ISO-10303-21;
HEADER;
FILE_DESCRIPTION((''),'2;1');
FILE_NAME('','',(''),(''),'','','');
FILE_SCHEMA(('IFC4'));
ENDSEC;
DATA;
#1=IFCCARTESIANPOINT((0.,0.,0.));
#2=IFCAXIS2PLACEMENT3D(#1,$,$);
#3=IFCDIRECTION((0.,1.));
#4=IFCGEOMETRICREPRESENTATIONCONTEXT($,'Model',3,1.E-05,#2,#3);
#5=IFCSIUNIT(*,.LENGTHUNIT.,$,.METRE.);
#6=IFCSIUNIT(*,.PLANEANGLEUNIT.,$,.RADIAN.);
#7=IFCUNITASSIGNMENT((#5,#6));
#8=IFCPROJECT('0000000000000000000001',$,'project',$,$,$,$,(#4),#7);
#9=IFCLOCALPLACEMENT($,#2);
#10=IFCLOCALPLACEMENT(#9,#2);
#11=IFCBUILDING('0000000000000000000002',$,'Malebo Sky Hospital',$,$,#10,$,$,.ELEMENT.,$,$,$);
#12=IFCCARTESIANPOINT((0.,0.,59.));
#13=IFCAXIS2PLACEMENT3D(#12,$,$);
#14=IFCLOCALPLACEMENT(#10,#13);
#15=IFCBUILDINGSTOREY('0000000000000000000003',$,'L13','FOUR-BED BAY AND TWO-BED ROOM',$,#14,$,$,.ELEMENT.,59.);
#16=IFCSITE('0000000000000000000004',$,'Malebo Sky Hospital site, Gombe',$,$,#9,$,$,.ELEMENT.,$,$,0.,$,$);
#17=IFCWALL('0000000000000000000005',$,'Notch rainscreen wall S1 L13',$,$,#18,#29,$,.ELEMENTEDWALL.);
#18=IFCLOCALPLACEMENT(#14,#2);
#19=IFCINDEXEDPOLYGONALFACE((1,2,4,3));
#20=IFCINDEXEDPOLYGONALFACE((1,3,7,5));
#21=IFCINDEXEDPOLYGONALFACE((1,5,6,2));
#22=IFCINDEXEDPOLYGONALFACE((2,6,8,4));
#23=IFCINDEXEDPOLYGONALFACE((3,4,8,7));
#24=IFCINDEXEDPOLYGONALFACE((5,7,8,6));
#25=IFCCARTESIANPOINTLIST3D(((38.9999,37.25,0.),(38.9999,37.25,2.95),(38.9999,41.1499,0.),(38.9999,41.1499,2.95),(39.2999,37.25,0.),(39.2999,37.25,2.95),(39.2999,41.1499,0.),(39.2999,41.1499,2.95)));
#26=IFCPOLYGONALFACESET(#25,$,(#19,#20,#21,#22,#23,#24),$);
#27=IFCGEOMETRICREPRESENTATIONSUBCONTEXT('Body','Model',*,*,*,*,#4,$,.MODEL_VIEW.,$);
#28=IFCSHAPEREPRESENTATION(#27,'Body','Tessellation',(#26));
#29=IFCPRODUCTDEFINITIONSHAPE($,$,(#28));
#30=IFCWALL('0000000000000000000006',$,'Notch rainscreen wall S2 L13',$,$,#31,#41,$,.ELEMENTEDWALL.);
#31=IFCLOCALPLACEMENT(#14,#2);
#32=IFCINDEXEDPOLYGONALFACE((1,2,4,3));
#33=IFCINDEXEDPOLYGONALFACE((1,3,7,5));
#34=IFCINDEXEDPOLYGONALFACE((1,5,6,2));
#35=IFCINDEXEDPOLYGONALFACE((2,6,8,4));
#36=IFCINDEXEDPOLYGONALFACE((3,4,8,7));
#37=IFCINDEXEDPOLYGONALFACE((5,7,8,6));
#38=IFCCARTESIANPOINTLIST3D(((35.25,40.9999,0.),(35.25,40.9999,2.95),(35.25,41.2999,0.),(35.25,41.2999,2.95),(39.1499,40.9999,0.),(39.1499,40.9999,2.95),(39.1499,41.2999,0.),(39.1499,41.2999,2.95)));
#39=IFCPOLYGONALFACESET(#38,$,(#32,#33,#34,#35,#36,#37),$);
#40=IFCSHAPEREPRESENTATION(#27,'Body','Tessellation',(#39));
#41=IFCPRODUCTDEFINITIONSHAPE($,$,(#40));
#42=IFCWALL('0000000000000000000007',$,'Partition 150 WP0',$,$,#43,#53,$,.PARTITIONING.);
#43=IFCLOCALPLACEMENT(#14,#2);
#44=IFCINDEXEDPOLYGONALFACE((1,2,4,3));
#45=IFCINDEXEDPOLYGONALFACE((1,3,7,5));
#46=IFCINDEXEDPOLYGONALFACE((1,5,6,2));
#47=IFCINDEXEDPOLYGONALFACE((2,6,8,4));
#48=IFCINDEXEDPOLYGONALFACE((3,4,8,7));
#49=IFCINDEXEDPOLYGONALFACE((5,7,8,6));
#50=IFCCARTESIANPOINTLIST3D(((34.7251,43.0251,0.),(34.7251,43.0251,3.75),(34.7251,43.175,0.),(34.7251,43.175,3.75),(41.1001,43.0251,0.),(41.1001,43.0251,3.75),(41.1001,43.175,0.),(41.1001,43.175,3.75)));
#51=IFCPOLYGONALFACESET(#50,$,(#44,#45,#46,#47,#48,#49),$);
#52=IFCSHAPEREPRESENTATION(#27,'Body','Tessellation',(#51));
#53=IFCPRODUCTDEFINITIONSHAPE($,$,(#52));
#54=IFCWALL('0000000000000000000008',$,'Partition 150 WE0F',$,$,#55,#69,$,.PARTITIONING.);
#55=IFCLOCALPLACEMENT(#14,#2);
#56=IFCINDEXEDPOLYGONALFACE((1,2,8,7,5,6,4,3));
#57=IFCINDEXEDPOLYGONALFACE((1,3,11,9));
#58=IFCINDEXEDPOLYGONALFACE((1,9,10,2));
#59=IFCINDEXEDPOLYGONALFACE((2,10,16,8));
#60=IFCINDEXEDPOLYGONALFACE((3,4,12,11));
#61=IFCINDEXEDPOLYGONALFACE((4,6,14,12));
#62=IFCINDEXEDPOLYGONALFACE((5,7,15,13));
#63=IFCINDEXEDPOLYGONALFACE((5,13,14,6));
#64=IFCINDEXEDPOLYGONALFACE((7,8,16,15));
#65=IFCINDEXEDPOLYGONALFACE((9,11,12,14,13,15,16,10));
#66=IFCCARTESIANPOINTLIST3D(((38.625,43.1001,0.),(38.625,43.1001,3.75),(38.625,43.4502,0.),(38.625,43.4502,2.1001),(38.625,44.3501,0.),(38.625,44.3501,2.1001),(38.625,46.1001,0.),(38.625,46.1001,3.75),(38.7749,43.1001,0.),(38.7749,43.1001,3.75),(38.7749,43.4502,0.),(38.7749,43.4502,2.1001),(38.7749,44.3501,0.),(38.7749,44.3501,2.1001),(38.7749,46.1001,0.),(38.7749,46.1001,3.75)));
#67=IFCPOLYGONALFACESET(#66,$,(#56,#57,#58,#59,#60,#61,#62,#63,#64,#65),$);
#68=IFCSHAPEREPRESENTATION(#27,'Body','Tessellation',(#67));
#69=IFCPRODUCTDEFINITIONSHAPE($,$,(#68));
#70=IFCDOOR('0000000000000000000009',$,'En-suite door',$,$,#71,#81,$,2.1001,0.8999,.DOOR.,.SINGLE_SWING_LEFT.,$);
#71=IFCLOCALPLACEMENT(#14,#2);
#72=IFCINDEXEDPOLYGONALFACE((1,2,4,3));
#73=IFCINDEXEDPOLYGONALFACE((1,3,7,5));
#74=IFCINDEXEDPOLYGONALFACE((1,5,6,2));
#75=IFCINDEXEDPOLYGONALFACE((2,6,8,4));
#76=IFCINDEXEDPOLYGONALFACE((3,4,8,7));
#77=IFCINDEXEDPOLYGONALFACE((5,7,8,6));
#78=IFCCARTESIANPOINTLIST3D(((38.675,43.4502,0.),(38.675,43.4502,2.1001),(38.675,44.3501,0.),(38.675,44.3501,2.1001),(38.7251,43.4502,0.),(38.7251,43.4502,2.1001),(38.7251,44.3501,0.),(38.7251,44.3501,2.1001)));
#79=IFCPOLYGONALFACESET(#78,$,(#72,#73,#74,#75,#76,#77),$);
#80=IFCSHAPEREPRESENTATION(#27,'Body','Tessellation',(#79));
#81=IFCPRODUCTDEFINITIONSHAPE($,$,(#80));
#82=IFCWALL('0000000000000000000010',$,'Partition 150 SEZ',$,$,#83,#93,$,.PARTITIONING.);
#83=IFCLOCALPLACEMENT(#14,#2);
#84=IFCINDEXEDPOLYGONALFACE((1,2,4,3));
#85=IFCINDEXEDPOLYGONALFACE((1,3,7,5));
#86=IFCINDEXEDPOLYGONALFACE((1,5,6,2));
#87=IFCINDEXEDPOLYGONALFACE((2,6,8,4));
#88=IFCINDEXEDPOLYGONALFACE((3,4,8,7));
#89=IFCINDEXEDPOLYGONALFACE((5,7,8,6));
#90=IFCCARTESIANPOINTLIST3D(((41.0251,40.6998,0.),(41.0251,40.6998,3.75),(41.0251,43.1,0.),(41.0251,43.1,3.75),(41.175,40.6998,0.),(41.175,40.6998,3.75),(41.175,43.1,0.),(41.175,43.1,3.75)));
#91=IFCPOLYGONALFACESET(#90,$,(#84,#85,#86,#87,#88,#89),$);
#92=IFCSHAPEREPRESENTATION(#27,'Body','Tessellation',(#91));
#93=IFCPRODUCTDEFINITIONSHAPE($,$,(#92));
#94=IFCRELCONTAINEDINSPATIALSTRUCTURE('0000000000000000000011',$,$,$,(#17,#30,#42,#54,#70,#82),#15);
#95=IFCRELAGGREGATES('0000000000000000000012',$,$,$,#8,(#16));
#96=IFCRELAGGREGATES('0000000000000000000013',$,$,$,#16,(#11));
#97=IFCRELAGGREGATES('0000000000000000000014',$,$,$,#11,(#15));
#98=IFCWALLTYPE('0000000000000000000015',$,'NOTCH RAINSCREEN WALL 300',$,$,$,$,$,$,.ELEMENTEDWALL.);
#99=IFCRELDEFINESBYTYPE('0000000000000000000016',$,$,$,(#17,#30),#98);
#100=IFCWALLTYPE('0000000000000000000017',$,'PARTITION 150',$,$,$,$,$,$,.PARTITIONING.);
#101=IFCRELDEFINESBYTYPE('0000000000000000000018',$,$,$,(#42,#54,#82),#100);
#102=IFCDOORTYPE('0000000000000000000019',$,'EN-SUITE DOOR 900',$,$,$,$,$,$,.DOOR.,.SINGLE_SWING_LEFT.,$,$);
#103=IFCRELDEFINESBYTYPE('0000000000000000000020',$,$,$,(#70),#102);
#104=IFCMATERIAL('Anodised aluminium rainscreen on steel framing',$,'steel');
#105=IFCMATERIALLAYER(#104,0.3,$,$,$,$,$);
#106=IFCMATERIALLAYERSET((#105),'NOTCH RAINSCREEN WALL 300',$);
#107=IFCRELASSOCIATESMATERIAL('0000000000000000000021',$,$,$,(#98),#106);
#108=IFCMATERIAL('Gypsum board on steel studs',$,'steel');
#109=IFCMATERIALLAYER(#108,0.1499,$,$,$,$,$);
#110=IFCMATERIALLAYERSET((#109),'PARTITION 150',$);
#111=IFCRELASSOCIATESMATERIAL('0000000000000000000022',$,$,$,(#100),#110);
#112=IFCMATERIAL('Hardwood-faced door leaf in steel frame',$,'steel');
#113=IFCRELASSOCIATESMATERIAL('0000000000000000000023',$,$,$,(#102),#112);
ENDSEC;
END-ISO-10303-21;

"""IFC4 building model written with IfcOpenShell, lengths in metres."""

from ifc_helpers import new_model, si_unit, direction, frame, frame_2d, origin, place, context, subcontext, project, spatial, rectangle, extrude, material, layer, layer_set, type_object, element, fill, save


model = new_model("IFC4")

# Units and contexts
model_context = context("Model", 3, precision=1e-05, world=origin(), true_north=direction((0.0, 1.0)))
body_context = subcontext(model_context, "Body", "Model", "MODEL_VIEW")
ifc_project = project(units=[si_unit("LENGTHUNIT", "METRE"), si_unit("PLANEANGLEUNIT", "RADIAN")], contexts=[model_context])

# Site, building, storey
site_placement = place(None, origin())
site = spatial("IfcSite", under=ifc_project, at=site_placement, Name="Malebo Sky Hospital site, Gombe", CompositionType="ELEMENT", RefElevation=0.0)
building_placement = place(site_placement, origin())
building = spatial("IfcBuilding", under=site, at=building_placement, Name="Malebo Sky Hospital", CompositionType="ELEMENT")
storey_placement = place(building_placement, frame((0.0, 0.0, 59.0)))
storey = spatial("IfcBuildingStorey", under=building, at=storey_placement, Name="L13", Description="FOUR-BED BAY AND TWO-BED ROOM", CompositionType="ELEMENT", Elevation=59.0)

# Shared definitions
ifc_material_1 = material(Name="Gypsum board on steel studs", Category="steel")
ifc_material_2 = material(Name="Hardwood-faced door leaf in steel frame", Category="steel")

# Walls
ifc_material_3 = material(Name="Anodised aluminium rainscreen on steel framing", Category="steel")
ifc_layer_1 = layer(ifc_material_3, 0.3)
ifc_layer_set_1 = layer_set([ifc_layer_1], Name="NOTCH RAINSCREEN WALL 300")
wall_type_1 = type_object("IfcWallType", Name="NOTCH RAINSCREEN WALL 300", PredefinedType="ELEMENTEDWALL", material=ifc_layer_set_1)
for number, where, z_axis, x_axis, name in (
    (1, (39.1499, 37.25, 0.0), (0.0, 0.0, 1.0), (0.0, 1.0, 0.0), "Notch rainscreen wall S1 L13"),
    (2, (39.1499, 41.1499, 0.0), (0.0, 0.0, 1.0), (-1.0, 0.0, 0.0), "Notch rainscreen wall S2 L13"),
):
    element("IfcWall", number, at=place(storey_placement, frame(where, z_axis=z_axis, x_axis=x_axis)), inside=storey, type_object=wall_type_1, Name=name, PredefinedType="ELEMENTEDWALL", context=body_context, shape_type="SweptSolid", body=[
        extrude(rectangle(XDim=3.8999, YDim=0.3, at=frame_2d((1.95, 0.0))), origin(), (0.0, 0.0, 1.0), 2.95),
    ])
ifc_layer_2 = layer(ifc_material_1, 0.1499)
ifc_layer_set_2 = layer_set([ifc_layer_2], Name="PARTITION 150")
wall_type_2 = type_object("IfcWallType", Name="PARTITION 150", PredefinedType="PARTITIONING", material=ifc_layer_set_2)
wall_1_placement = place(storey_placement, frame((41.1001, 43.1001, 0.0), z_axis=(0.0, 0.0, 1.0), x_axis=(-1.0, 0.0, 0.0)))
element("IfcWall", 3, at=wall_1_placement, inside=storey, type_object=wall_type_2, Name="Partition 150 WP0", PredefinedType="PARTITIONING", context=body_context, shape_type="SweptSolid", body=[
    extrude(rectangle(XDim=6.375, YDim=0.1499, at=frame_2d((3.1875, 0.0))), origin(), (0.0, 0.0, 1.0), 3.75),
])

# Wall, opening, door
wall_2_placement = place(storey_placement, frame((38.7, 43.1001, 0.0), z_axis=(0.0, 0.0, 1.0), x_axis=(0.0, 1.0, 0.0)))
wall_2 = element("IfcWall", 4, at=wall_2_placement, inside=storey, type_object=wall_type_2, Name="Partition 150 WE0F", PredefinedType="PARTITIONING", context=body_context, shape_type="SweptSolid", body=[
    extrude(rectangle(XDim=3.0, YDim=0.1499, at=frame_2d((1.5, 0.0))), origin(), (0.0, 0.0, 1.0), 3.75),
])
opening_1_placement = place(wall_2_placement, frame((0.3501, 0.0, 0.0)))
opening_1 = element("IfcOpeningElement", 5, at=opening_1_placement, cuts=wall_2, PredefinedType="OPENING", context=body_context, shape_type="SweptSolid", body=[
    extrude(rectangle(XDim=0.8999, YDim=2.1001, at=frame_2d((0.45, 1.05))), frame((0.0, 0.085, 0.0), z_axis=(0.0, -1.0, 0.0), x_axis=(1.0, 0.0, 0.0)), (0.0, 0.0, 1.0), 0.1699),
])
door_type_1 = type_object("IfcDoorType", Name="EN-SUITE DOOR 900", OperationType="SINGLE_SWING_LEFT", PredefinedType="DOOR", material=ifc_material_2)
door_1_placement = place(opening_1_placement, origin())
door_1 = element("IfcDoor", 6, at=door_1_placement, inside=storey, type_object=door_type_1, Name="En-suite door", OperationType="SINGLE_SWING_LEFT", OverallHeight=2.1001, OverallWidth=0.8999, PredefinedType="DOOR", context=body_context, shape_type="SweptSolid", body=[
    extrude(rectangle(XDim=0.8999, YDim=2.1001, at=frame_2d((0.45, 1.05))), frame((0.0, 0.0249, 0.0), z_axis=(0.0, -1.0, 0.0), x_axis=(1.0, 0.0, 0.0)), (0.0, 0.0, 1.0), 0.05),
])
fill(opening_1, door_1)

# Wall
wall_3_placement = place(storey_placement, frame((41.1001, 43.1001, 0.0), z_axis=(0.0, 0.0, 1.0), x_axis=(0.0, -1.0, 0.0)))
element("IfcWall", 7, at=wall_3_placement, inside=storey, type_object=wall_type_2, Name="Partition 150 SEZ", PredefinedType="PARTITIONING", context=body_context, shape_type="SweptSolid", body=[
    extrude(rectangle(XDim=2.4001, YDim=0.1499, at=frame_2d((1.2002, 0.0))), origin(), (0.0, 0.0, 1.0), 3.75),
])

save(model, "model.ifc")
